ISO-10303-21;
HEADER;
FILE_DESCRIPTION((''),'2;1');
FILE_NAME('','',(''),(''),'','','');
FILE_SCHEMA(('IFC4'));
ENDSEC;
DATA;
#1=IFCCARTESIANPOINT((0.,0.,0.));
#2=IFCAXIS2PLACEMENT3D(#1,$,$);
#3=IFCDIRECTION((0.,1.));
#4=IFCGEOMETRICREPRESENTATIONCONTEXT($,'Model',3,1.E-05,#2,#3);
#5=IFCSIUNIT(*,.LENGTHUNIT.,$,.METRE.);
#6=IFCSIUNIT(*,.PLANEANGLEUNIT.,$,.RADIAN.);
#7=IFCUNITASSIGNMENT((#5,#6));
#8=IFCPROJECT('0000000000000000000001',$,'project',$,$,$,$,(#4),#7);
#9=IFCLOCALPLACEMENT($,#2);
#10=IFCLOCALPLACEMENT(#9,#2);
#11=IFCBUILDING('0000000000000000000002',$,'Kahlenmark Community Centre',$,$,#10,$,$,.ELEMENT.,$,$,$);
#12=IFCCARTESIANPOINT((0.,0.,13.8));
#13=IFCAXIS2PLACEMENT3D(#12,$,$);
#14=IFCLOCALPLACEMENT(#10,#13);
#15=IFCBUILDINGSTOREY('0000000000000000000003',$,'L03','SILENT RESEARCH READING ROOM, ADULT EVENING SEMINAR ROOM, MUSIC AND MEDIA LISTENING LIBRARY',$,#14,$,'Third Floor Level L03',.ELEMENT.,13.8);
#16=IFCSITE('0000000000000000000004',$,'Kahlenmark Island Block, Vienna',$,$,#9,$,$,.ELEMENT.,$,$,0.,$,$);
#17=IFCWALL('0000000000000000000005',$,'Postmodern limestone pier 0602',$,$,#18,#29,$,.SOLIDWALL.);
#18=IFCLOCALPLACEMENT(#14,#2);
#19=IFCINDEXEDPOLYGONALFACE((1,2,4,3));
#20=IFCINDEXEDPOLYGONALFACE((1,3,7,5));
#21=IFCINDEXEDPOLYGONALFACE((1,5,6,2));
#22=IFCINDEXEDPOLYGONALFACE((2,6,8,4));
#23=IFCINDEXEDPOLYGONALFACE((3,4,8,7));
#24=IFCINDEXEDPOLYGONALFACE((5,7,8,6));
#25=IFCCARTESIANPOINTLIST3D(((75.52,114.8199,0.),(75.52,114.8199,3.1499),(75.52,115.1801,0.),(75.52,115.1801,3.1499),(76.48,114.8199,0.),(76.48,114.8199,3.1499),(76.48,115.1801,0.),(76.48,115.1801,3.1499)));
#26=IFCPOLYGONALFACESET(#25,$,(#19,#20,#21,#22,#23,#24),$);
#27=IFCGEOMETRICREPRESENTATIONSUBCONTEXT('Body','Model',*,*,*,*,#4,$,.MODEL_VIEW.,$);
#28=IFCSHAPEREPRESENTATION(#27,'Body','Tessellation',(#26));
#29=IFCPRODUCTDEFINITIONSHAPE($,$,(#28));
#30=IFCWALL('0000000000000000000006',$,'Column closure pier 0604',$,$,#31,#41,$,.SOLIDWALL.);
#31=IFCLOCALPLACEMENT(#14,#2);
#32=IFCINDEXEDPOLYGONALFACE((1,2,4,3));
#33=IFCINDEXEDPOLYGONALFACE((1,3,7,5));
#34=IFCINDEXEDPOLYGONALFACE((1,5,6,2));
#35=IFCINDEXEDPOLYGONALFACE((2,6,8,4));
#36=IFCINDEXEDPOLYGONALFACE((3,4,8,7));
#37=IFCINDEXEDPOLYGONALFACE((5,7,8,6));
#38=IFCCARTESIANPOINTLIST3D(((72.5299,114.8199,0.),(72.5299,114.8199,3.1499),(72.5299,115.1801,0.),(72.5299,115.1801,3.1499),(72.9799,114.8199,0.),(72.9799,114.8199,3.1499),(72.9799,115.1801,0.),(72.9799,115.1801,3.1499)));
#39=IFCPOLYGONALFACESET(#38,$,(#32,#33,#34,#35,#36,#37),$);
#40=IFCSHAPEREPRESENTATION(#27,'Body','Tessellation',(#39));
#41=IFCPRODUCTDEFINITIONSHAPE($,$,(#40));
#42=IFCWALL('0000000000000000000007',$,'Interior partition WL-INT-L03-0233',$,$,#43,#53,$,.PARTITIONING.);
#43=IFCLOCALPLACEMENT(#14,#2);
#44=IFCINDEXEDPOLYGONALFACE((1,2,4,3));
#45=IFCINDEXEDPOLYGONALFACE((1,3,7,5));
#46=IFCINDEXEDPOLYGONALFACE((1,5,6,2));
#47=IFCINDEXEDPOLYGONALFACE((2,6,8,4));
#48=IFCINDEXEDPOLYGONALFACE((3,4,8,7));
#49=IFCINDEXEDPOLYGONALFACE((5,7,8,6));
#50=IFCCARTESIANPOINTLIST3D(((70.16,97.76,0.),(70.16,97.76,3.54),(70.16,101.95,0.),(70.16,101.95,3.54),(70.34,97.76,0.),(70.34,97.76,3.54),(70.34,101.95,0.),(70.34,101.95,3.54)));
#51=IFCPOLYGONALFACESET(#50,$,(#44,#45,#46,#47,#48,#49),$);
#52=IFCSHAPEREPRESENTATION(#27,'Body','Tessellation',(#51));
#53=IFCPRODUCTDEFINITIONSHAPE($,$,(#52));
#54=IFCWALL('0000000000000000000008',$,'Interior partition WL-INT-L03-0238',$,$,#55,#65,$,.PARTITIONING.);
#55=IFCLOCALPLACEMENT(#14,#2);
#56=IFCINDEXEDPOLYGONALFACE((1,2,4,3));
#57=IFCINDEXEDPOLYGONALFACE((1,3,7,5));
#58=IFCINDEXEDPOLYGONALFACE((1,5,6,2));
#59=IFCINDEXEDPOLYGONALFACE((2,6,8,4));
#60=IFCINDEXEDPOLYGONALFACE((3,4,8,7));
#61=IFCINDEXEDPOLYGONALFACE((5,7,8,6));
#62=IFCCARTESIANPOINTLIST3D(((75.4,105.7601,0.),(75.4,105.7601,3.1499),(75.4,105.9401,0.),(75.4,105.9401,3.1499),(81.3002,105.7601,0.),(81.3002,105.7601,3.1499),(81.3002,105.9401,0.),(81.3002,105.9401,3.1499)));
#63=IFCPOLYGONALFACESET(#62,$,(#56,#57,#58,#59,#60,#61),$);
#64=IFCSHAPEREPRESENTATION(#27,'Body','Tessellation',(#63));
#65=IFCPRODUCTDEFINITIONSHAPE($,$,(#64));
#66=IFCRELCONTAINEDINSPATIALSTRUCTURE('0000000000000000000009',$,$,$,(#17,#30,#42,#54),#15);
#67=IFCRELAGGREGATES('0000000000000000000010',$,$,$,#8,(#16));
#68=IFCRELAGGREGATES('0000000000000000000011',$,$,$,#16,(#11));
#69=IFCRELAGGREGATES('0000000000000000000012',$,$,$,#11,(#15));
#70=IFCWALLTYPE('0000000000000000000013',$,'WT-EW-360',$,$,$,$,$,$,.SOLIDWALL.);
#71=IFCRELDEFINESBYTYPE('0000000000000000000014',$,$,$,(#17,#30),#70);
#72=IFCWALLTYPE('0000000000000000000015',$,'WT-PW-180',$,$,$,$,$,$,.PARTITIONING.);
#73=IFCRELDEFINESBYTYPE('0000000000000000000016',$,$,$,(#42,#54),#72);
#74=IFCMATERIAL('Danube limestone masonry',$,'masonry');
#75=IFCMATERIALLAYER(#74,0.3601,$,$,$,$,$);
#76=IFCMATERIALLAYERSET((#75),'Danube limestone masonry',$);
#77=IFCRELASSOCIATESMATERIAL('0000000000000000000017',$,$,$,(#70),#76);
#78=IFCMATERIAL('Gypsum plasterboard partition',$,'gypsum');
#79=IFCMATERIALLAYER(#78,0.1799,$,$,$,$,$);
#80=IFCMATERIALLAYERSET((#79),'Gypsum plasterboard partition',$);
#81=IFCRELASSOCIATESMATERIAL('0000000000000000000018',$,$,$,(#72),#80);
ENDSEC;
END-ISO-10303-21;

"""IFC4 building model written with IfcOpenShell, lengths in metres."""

from ifc_helpers import new_model, si_unit, direction, frame, frame_2d, origin, place, context, subcontext, project, spatial, rectangle, extrude, material, layer, layer_set, type_object, element, save


model = new_model("IFC4")

# Units and contexts
model_context = context("Model", 3, precision=1e-05, world=origin(), true_north=direction((0.0, 1.0)))
body_context = subcontext(model_context, "Body", "Model", "MODEL_VIEW")
ifc_project = project(units=[si_unit("LENGTHUNIT", "METRE"), si_unit("PLANEANGLEUNIT", "RADIAN")], contexts=[model_context])

# Site, building, storey
site_placement = place(None, origin())
site = spatial("IfcSite", under=ifc_project, at=site_placement, Name="Kahlenmark Island Block, Vienna", CompositionType="ELEMENT", RefElevation=0.0)
building_placement = place(site_placement, origin())
building = spatial("IfcBuilding", under=site, at=building_placement, Name="Kahlenmark Community Centre", CompositionType="ELEMENT")
storey_placement = place(building_placement, frame((0.0, 0.0, 13.8)))
storey = spatial("IfcBuildingStorey", under=building, at=storey_placement, Name="L03", Description="SILENT RESEARCH READING ROOM, ADULT EVENING SEMINAR ROOM, MUSIC AND MEDIA LISTENING LIBRARY", LongName="Third Floor Level L03", CompositionType="ELEMENT", Elevation=13.8)

# Shared definitions
ifc_material_1 = material(Name="Danube limestone masonry", Category="masonry")
ifc_layer_1 = layer(ifc_material_1, 0.3601)
ifc_layer_set_1 = layer_set([ifc_layer_1], Name="Danube limestone masonry")
wall_type_1 = type_object("IfcWallType", Name="WT-EW-360", PredefinedType="SOLIDWALL", material=ifc_layer_set_1)

# Walls
wall_1_placement = place(storey_placement, frame((76.48, 115.0, 0.0), z_axis=(0.0, 0.0, 1.0), x_axis=(-1.0, 0.0, 0.0)))
element("IfcWall", 1, at=wall_1_placement, inside=storey, type_object=wall_type_1, Name="Postmodern limestone pier 0602", PredefinedType="SOLIDWALL", context=body_context, shape_type="SweptSolid", body=[
    extrude(rectangle(XDim=0.96, YDim=0.3601, at=frame_2d((0.48, 0.0))), origin(), (0.0, 0.0, 1.0), 3.1499),
])
wall_2_placement = place(storey_placement, frame((72.98, 115.0, 0.0), z_axis=(0.0, 0.0, 1.0), x_axis=(-1.0, 0.0, 0.0)))
element("IfcWall", 2, at=wall_2_placement, inside=storey, type_object=wall_type_1, Name="Column closure pier 0604", PredefinedType="SOLIDWALL", context=body_context, shape_type="SweptSolid", body=[
    extrude(rectangle(XDim=0.45, YDim=0.3601, at=frame_2d((0.2251, 0.0))), origin(), (0.0, 0.0, 1.0), 3.1499),
])
ifc_material_2 = material(Name="Gypsum plasterboard partition", Category="gypsum")
ifc_layer_2 = layer(ifc_material_2, 0.1799)
ifc_layer_set_2 = layer_set([ifc_layer_2], Name="Gypsum plasterboard partition")
wall_type_2 = type_object("IfcWallType", Name="WT-PW-180", PredefinedType="PARTITIONING", material=ifc_layer_set_2)
wall_3_placement = place(storey_placement, frame((70.25, 97.76, 0.0), z_axis=(0.0, 0.0, 1.0), x_axis=(0.0, 1.0, 0.0)))
element("IfcWall", 3, at=wall_3_placement, inside=storey, type_object=wall_type_2, Name="Interior partition WL-INT-L03-0233", PredefinedType="PARTITIONING", context=body_context, shape_type="SweptSolid", body=[
    extrude(rectangle(XDim=4.1899, YDim=0.1799, at=frame_2d((2.095, 0.0))), origin(), (0.0, 0.0, 1.0), 3.54),
])
wall_4_placement = place(storey_placement, frame((75.3999, 105.8501, 0.0), z_axis=(0.0, 0.0, 1.0), x_axis=(1.0, 0.0, 0.0)))
element("IfcWall", 4, at=wall_4_placement, inside=storey, type_object=wall_type_2, Name="Interior partition WL-INT-L03-0238", PredefinedType="PARTITIONING", context=body_context, shape_type="SweptSolid", body=[
    extrude(rectangle(XDim=5.9001, YDim=0.1799, at=frame_2d((2.9502, 0.0))), origin(), (0.0, 0.0, 1.0), 3.1499),
])

save(model, "model.ifc")
